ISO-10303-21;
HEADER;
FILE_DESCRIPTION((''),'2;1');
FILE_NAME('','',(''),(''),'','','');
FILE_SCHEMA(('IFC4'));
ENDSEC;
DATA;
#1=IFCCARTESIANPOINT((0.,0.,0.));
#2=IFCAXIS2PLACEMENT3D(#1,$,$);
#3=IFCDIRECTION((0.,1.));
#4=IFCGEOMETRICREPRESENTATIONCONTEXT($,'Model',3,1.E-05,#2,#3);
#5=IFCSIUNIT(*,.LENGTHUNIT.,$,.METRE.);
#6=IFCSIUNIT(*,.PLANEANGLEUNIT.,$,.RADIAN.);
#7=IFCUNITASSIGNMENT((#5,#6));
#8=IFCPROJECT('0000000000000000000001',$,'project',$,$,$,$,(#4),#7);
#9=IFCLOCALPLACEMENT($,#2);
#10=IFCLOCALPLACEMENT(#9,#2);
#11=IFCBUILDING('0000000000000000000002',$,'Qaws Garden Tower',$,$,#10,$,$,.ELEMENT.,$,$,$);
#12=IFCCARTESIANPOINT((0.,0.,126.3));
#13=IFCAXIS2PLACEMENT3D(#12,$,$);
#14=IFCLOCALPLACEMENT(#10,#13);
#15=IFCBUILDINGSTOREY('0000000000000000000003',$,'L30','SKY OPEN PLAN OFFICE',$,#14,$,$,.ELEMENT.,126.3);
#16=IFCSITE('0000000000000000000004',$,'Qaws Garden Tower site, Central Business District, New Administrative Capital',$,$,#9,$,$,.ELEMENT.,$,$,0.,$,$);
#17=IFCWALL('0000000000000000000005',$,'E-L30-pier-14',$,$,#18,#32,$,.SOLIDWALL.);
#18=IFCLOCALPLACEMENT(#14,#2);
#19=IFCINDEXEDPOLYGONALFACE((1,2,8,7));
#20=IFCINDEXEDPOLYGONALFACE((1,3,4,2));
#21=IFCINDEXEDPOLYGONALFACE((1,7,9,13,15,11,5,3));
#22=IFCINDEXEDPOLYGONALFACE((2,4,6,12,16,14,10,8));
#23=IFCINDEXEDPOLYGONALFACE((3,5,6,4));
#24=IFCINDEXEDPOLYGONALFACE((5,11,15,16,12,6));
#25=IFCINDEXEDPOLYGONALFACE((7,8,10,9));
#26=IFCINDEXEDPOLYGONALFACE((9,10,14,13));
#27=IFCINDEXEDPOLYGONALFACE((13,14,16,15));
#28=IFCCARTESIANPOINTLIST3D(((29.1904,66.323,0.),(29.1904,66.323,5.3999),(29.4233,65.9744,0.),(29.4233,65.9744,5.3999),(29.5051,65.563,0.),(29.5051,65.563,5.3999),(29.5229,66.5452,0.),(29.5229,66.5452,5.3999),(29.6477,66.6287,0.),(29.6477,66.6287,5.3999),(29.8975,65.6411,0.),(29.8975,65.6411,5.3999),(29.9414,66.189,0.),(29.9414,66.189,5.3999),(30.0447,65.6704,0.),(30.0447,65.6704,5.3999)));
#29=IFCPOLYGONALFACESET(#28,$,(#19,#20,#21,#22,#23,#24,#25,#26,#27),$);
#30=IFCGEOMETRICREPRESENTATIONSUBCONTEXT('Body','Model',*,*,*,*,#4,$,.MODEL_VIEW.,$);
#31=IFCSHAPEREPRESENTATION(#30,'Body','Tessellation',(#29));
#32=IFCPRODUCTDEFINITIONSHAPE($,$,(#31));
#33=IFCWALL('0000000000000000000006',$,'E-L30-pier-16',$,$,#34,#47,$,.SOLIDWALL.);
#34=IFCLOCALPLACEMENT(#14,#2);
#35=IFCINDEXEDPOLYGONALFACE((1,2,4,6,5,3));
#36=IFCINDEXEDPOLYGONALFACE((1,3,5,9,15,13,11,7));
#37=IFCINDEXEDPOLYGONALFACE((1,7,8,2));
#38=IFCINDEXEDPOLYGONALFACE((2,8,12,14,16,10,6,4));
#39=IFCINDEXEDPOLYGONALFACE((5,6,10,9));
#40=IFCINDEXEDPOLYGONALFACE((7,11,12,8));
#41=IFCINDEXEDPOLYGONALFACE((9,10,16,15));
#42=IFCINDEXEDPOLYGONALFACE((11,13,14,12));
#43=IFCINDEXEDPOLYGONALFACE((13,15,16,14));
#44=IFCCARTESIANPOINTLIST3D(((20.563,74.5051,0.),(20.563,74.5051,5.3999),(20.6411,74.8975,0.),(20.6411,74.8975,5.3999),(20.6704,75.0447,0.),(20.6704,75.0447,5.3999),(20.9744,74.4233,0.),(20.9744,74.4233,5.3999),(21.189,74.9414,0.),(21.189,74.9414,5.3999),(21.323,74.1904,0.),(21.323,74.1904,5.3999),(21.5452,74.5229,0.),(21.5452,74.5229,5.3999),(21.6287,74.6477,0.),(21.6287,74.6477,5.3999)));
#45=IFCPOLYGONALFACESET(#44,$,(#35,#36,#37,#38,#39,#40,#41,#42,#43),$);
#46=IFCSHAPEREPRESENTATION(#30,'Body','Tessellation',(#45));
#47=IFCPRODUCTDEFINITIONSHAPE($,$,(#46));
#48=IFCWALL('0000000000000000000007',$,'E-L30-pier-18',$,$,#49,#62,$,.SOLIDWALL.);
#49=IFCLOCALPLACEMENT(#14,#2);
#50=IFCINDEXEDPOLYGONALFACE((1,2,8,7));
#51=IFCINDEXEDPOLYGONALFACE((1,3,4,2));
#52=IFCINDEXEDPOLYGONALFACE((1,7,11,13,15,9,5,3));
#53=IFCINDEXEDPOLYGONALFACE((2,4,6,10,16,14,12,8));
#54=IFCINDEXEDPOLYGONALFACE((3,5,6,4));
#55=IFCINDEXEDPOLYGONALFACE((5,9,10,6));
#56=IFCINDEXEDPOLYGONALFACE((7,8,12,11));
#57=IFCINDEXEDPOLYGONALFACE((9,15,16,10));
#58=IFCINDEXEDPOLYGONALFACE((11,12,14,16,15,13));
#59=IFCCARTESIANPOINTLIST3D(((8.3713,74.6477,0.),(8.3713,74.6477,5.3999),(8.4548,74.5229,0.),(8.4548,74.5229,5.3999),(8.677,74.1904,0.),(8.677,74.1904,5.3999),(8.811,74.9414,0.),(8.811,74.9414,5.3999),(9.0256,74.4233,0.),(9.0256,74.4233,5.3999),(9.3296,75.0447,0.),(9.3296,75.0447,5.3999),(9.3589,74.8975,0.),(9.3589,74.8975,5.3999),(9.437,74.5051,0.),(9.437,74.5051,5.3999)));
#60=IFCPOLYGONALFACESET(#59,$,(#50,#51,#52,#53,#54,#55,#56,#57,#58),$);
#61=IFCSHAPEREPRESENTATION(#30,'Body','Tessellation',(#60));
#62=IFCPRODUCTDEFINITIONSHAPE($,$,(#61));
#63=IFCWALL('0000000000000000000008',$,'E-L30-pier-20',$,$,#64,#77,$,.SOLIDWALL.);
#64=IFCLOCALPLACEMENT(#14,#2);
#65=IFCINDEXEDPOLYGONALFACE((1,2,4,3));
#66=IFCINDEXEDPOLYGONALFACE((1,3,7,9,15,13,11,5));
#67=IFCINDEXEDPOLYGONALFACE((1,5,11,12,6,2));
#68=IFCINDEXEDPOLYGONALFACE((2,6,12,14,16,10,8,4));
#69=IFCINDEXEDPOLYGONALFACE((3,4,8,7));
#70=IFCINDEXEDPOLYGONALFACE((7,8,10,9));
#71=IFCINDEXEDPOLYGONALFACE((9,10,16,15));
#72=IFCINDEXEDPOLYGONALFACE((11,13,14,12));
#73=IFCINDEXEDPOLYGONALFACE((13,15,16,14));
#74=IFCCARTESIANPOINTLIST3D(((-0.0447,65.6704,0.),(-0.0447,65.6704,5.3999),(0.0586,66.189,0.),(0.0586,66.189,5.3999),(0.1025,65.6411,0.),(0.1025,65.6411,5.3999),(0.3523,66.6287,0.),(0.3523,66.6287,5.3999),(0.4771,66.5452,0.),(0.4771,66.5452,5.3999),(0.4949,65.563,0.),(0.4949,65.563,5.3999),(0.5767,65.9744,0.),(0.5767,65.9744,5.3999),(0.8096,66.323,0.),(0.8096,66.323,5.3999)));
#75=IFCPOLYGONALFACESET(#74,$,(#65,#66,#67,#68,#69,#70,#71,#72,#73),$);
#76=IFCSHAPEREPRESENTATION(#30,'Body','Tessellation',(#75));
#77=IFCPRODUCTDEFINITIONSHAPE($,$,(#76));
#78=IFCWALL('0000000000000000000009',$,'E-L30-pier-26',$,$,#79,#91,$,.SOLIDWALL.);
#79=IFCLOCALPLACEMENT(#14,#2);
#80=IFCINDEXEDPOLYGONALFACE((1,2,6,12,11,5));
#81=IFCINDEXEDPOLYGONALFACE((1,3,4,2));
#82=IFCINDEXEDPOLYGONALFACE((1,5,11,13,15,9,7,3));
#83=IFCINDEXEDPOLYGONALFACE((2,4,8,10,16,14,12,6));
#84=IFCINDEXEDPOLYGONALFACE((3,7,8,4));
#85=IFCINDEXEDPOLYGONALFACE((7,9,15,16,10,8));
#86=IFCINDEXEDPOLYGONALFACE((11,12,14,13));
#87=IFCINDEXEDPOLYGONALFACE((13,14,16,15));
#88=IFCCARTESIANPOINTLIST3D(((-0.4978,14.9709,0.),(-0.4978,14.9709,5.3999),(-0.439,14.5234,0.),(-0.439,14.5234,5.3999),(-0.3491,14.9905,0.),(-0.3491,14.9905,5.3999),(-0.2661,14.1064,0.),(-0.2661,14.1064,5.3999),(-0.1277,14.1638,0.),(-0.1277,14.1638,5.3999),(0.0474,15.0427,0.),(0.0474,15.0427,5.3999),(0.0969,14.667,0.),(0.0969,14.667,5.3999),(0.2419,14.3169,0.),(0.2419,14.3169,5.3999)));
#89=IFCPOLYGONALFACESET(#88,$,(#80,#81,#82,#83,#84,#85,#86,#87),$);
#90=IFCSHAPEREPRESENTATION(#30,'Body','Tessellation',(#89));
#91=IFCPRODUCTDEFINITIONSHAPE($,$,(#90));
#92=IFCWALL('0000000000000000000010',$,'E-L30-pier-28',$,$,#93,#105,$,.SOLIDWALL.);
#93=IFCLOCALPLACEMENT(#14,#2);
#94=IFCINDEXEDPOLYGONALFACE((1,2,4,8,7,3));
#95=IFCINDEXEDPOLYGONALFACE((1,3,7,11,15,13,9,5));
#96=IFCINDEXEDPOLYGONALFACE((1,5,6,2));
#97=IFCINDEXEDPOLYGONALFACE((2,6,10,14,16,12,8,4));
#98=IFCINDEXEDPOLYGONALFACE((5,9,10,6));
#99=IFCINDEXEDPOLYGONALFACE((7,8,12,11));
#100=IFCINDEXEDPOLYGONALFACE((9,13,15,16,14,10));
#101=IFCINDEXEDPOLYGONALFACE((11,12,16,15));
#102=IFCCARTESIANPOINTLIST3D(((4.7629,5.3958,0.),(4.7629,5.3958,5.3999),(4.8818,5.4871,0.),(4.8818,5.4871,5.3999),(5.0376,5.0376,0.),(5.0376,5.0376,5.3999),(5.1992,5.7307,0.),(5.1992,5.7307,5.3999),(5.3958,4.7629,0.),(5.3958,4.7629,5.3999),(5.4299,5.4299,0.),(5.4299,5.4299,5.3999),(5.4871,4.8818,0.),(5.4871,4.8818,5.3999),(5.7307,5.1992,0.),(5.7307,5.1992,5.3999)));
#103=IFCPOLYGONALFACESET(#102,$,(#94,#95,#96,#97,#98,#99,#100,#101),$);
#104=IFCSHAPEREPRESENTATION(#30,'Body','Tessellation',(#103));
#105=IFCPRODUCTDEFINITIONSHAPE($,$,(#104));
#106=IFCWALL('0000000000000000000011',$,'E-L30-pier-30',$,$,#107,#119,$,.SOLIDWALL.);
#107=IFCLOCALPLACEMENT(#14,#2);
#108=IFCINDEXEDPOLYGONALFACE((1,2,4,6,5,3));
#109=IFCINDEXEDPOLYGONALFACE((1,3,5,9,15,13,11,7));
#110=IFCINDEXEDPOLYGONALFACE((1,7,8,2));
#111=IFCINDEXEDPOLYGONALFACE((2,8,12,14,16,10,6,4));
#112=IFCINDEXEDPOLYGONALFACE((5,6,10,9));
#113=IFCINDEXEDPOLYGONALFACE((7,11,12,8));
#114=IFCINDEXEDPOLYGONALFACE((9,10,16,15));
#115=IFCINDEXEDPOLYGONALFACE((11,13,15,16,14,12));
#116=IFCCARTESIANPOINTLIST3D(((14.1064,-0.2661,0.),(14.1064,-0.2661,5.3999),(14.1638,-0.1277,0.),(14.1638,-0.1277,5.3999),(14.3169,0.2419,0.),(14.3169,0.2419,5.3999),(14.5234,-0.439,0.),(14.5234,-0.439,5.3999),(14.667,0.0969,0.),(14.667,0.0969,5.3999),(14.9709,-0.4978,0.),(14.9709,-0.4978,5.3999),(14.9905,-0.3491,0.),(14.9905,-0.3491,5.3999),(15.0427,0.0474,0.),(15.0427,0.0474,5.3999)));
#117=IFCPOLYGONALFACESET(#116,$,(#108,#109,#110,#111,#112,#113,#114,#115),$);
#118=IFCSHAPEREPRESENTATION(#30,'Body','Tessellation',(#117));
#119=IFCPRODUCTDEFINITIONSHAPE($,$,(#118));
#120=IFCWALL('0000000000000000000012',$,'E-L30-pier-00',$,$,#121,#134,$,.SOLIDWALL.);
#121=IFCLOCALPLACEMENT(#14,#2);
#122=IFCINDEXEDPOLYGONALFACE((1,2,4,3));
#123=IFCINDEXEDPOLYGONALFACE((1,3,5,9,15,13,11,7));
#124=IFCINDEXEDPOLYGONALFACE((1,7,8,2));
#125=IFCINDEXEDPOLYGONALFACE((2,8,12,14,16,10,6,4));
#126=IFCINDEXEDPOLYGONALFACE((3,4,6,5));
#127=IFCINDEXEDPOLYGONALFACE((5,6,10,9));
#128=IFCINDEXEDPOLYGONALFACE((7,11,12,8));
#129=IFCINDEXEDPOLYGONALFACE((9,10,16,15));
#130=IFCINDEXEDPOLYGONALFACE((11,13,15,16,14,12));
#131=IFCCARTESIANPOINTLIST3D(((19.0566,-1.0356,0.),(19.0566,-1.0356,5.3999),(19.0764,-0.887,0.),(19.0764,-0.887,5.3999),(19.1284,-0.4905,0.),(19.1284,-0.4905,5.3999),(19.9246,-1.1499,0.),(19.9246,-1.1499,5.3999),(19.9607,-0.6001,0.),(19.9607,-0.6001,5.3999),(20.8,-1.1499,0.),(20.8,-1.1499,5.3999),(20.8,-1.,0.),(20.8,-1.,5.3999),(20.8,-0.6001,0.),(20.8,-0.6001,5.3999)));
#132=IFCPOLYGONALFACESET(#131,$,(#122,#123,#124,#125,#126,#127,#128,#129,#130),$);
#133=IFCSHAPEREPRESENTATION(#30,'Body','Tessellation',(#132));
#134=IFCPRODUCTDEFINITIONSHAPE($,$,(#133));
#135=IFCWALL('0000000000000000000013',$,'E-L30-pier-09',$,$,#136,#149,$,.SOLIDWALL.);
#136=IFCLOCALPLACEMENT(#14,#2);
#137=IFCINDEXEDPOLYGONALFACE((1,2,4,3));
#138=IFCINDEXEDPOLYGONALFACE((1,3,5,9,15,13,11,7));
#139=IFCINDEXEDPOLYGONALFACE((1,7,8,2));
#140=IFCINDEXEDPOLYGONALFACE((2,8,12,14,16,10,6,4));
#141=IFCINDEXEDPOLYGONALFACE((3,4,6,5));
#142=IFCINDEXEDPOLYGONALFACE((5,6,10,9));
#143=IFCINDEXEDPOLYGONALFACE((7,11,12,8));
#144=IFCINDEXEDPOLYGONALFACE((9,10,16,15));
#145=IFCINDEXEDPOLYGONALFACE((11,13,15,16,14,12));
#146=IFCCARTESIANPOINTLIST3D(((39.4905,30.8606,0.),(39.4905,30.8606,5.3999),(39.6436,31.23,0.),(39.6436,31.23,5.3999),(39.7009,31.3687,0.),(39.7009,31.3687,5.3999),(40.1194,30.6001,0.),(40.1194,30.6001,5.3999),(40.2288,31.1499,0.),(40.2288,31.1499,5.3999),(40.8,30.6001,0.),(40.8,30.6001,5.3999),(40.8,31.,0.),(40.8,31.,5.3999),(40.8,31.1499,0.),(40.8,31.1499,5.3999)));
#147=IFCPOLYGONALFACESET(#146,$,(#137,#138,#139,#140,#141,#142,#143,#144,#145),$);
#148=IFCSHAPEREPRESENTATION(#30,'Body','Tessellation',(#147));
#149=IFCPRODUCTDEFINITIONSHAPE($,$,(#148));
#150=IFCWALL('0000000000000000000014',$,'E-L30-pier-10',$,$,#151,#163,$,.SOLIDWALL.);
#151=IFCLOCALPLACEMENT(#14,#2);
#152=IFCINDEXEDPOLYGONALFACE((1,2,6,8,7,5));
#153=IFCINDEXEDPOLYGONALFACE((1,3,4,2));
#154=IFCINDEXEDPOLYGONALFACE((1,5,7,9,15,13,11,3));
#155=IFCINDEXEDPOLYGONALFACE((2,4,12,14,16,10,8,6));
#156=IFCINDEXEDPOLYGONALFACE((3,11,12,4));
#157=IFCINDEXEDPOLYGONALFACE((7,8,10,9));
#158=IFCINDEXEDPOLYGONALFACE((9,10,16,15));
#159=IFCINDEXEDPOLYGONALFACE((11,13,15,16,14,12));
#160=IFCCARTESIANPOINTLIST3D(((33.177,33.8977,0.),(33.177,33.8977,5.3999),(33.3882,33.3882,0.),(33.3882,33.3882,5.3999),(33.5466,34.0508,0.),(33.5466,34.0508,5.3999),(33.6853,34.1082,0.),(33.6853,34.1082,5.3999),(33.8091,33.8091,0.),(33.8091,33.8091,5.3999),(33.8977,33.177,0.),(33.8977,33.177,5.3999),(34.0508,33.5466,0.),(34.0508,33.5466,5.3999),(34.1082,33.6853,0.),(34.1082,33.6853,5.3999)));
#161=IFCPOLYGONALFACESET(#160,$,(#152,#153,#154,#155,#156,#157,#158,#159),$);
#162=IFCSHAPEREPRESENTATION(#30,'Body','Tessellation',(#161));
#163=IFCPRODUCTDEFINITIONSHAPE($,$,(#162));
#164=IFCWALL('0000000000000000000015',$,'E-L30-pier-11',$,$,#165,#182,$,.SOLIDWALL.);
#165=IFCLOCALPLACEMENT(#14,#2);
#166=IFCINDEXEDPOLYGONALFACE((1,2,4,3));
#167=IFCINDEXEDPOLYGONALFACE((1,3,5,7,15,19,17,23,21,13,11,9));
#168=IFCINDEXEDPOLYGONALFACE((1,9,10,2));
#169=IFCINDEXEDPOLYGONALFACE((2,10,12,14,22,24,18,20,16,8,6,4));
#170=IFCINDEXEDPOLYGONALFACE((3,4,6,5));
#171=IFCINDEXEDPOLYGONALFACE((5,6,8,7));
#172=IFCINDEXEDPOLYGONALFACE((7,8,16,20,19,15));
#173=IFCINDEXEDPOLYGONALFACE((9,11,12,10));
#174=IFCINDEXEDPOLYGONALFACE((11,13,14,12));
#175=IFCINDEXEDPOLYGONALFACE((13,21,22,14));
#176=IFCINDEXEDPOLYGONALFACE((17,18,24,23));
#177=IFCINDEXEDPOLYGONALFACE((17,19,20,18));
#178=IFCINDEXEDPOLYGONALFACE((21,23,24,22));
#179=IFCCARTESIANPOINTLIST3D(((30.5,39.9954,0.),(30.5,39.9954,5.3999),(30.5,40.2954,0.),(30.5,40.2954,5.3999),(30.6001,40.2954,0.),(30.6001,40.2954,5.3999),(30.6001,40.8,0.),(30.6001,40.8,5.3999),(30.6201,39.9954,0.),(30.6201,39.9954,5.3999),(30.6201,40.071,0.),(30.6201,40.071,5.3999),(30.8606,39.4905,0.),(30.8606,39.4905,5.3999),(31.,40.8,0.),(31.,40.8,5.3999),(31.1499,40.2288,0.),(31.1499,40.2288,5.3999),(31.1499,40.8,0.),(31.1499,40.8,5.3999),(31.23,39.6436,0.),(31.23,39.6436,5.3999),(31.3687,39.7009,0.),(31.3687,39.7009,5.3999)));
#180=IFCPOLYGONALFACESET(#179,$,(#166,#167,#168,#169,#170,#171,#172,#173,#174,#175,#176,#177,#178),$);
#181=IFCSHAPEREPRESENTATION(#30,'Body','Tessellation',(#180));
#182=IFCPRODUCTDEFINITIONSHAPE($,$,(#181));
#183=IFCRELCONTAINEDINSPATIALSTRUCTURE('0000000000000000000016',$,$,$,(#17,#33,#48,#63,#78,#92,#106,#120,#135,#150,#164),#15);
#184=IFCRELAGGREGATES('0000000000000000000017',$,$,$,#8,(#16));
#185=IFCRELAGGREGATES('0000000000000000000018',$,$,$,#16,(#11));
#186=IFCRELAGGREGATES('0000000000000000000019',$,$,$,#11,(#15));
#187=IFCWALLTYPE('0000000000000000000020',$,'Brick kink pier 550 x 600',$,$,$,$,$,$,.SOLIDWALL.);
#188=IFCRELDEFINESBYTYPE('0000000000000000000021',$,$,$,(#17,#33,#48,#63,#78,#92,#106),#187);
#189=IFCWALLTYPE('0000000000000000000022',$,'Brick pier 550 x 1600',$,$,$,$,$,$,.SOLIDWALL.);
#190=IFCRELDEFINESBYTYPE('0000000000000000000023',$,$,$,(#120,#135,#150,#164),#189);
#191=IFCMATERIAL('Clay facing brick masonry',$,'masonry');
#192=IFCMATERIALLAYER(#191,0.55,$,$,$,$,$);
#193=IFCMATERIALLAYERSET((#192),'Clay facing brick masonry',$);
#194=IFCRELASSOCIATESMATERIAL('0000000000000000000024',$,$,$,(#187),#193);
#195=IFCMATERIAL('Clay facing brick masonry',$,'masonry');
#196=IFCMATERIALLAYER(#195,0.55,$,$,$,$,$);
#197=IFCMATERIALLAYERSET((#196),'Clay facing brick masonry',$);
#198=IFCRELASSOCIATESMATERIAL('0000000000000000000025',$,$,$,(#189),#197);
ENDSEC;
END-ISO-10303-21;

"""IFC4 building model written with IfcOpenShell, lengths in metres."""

from ifc_helpers import new_model, si_unit, direction, frame, origin, place, context, subcontext, project, spatial, polyline, outline, extrude, material, layer, layer_set, type_object, element, save


model = new_model("IFC4")

# Units and contexts
model_context = context("Model", 3, precision=1e-05, world=origin(), true_north=direction((0.0, 1.0)))
body_context = subcontext(model_context, "Body", "Model", "MODEL_VIEW")
ifc_project = project(units=[si_unit("LENGTHUNIT", "METRE"), si_unit("PLANEANGLEUNIT", "RADIAN")], contexts=[model_context])

# Site, building, storey
site_placement = place(None, origin())
site = spatial("IfcSite", under=ifc_project, at=site_placement, Name="Qaws Garden Tower site, Central Business District, New Administrative Capital", CompositionType="ELEMENT", RefElevation=0.0)
building_placement = place(site_placement, origin())
building = spatial("IfcBuilding", under=site, at=building_placement, Name="Qaws Garden Tower", CompositionType="ELEMENT")
storey_placement = place(building_placement, frame((0.0, 0.0, 126.3)))
storey = spatial("IfcBuildingStorey", under=building, at=storey_placement, Name="L30", Description="SKY OPEN PLAN OFFICE", CompositionType="ELEMENT", Elevation=126.3)

# Walls
placement_1 = place(storey_placement, origin())
ifc_material_1 = material(Name="Clay facing brick masonry", Category="masonry")
ifc_layer_1 = layer(ifc_material_1, 0.55)
ifc_layer_set_1 = layer_set([ifc_layer_1], Name="Clay facing brick masonry")
wall_type_1 = type_object("IfcWallType", Name="Brick kink pier 550 x 600", PredefinedType="SOLIDWALL", material=ifc_layer_set_1)
element("IfcWall", 1, at=placement_1, inside=storey, type_object=wall_type_1, Name="E-L30-pier-14", PredefinedType="SOLIDWALL", context=body_context, shape_type="SweptSolid", body=[
    extrude(outline(polyline([(29.8975, 65.6411), (30.0447, 65.6704), (29.9414, 66.189), (29.6477, 66.6287), (29.5229, 66.5452), (29.1904, 66.323), (29.4233, 65.9744), (29.5051, 65.563), (29.8975, 65.6411)])), origin(), (0.0, 0.0, 1.0), 5.3999),
])
element("IfcWall", 2, at=placement_1, inside=storey, type_object=wall_type_1, Name="E-L30-pier-16", PredefinedType="SOLIDWALL", context=body_context, shape_type="SweptSolid", body=[
    extrude(outline(polyline([(21.5452, 74.5229), (21.6287, 74.6477), (21.189, 74.9414), (20.6704, 75.0447), (20.6411, 74.8975), (20.563, 74.5051), (20.9744, 74.4233), (21.323, 74.1904), (21.5452, 74.5229)])), origin(), (0.0, 0.0, 1.0), 5.3999),
])
element("IfcWall", 3, at=placement_1, inside=storey, type_object=wall_type_1, Name="E-L30-pier-18", PredefinedType="SOLIDWALL", context=body_context, shape_type="SweptSolid", body=[
    extrude(outline(polyline([(9.3589, 74.8975), (9.3296, 75.0447), (8.811, 74.9414), (8.3713, 74.6477), (8.4548, 74.5229), (8.677, 74.1904), (9.0256, 74.4233), (9.437, 74.5051), (9.3589, 74.8975)])), origin(), (0.0, 0.0, 1.0), 5.3999),
])
element("IfcWall", 4, at=placement_1, inside=storey, type_object=wall_type_1, Name="E-L30-pier-20", PredefinedType="SOLIDWALL", context=body_context, shape_type="SweptSolid", body=[
    extrude(outline(polyline([(0.4771, 66.5452), (0.3523, 66.6287), (0.0586, 66.189), (-0.0447, 65.6704), (0.1025, 65.6411), (0.4949, 65.563), (0.5767, 65.9744), (0.8096, 66.323), (0.4771, 66.5452)])), origin(), (0.0, 0.0, 1.0), 5.3999),
])
element("IfcWall", 5, at=placement_1, inside=storey, type_object=wall_type_1, Name="E-L30-pier-26", PredefinedType="SOLIDWALL", context=body_context, shape_type="SweptSolid", body=[
    extrude(outline(polyline([(-0.3491, 14.9905), (-0.4978, 14.9709), (-0.439, 14.5234), (-0.2661, 14.1064), (-0.1277, 14.1638), (0.2419, 14.3169), (0.0969, 14.667), (0.0474, 15.0427), (-0.3491, 14.9905)])), origin(), (0.0, 0.0, 1.0), 5.3999),
])
element("IfcWall", 6, at=placement_1, inside=storey, type_object=wall_type_1, Name="E-L30-pier-28", PredefinedType="SOLIDWALL", context=body_context, shape_type="SweptSolid", body=[
    extrude(outline(polyline([(4.8818, 5.4871), (4.7629, 5.3958), (5.0376, 5.0376), (5.3958, 4.7629), (5.4871, 4.8818), (5.7307, 5.1992), (5.4299, 5.4299), (5.1992, 5.7307), (4.8818, 5.4871)])), origin(), (0.0, 0.0, 1.0), 5.3999),
])
element("IfcWall", 7, at=placement_1, inside=storey, type_object=wall_type_1, Name="E-L30-pier-30", PredefinedType="SOLIDWALL", context=body_context, shape_type="SweptSolid", body=[
    extrude(outline(polyline([(14.1638, -0.1277), (14.1064, -0.2661), (14.5234, -0.439), (14.9709, -0.4978), (14.9905, -0.3491), (15.0427, 0.0474), (14.667, 0.0969), (14.3169, 0.2419), (14.1638, -0.1277)])), origin(), (0.0, 0.0, 1.0), 5.3999),
])
ifc_material_2 = material(Name="Clay facing brick masonry", Category="masonry")
ifc_layer_2 = layer(ifc_material_2, 0.55)
ifc_layer_set_2 = layer_set([ifc_layer_2], Name="Clay facing brick masonry")
wall_type_2 = type_object("IfcWallType", Name="Brick pier 550 x 1600", PredefinedType="SOLIDWALL", material=ifc_layer_set_2)
element("IfcWall", 8, at=placement_1, inside=storey, type_object=wall_type_2, Name="E-L30-pier-00", PredefinedType="SOLIDWALL", context=body_context, shape_type="SweptSolid", body=[
    extrude(outline(polyline([(19.0764, -0.887), (19.0566, -1.0356), (19.9246, -1.1499), (20.8, -1.1499), (20.8, -1.0), (20.8, -0.6001), (19.9607, -0.6001), (19.1284, -0.4905), (19.0764, -0.887)])), origin(), (0.0, 0.0, 1.0), 5.3999),
])
element("IfcWall", 9, at=placement_1, inside=storey, type_object=wall_type_2, Name="E-L30-pier-09", PredefinedType="SOLIDWALL", context=body_context, shape_type="SweptSolid", body=[
    extrude(outline(polyline([(40.8, 31.0), (40.8, 31.1499), (40.2288, 31.1499), (39.7009, 31.3687), (39.6436, 31.23), (39.4905, 30.8606), (40.1194, 30.6001), (40.8, 30.6001), (40.8, 31.0)])), origin(), (0.0, 0.0, 1.0), 5.3999),
])
element("IfcWall", 10, at=placement_1, inside=storey, type_object=wall_type_2, Name="E-L30-pier-10", PredefinedType="SOLIDWALL", context=body_context, shape_type="SweptSolid", body=[
    extrude(outline(polyline([(34.0508, 33.5466), (34.1082, 33.6853), (33.8091, 33.8091), (33.6853, 34.1082), (33.5466, 34.0508), (33.177, 33.8977), (33.3882, 33.3882), (33.8977, 33.177), (34.0508, 33.5466)])), origin(), (0.0, 0.0, 1.0), 5.3999),
])
element("IfcWall", 11, at=placement_1, inside=storey, type_object=wall_type_2, Name="E-L30-pier-11", PredefinedType="SOLIDWALL", context=body_context, shape_type="SweptSolid", body=[
    extrude(outline(polyline([(30.6201, 39.9954), (30.6201, 40.071), (30.8606, 39.4905), (31.23, 39.6436), (31.3687, 39.7009), (31.1499, 40.2288), (31.1499, 40.8), (31.0, 40.8), (30.6001, 40.8), (30.6001, 40.2954), (30.5, 40.2954), (30.5, 39.9954), (30.6201, 39.9954)])), origin(), (0.0, 0.0, 1.0), 5.3999),
])

save(model, "model.ifc")
